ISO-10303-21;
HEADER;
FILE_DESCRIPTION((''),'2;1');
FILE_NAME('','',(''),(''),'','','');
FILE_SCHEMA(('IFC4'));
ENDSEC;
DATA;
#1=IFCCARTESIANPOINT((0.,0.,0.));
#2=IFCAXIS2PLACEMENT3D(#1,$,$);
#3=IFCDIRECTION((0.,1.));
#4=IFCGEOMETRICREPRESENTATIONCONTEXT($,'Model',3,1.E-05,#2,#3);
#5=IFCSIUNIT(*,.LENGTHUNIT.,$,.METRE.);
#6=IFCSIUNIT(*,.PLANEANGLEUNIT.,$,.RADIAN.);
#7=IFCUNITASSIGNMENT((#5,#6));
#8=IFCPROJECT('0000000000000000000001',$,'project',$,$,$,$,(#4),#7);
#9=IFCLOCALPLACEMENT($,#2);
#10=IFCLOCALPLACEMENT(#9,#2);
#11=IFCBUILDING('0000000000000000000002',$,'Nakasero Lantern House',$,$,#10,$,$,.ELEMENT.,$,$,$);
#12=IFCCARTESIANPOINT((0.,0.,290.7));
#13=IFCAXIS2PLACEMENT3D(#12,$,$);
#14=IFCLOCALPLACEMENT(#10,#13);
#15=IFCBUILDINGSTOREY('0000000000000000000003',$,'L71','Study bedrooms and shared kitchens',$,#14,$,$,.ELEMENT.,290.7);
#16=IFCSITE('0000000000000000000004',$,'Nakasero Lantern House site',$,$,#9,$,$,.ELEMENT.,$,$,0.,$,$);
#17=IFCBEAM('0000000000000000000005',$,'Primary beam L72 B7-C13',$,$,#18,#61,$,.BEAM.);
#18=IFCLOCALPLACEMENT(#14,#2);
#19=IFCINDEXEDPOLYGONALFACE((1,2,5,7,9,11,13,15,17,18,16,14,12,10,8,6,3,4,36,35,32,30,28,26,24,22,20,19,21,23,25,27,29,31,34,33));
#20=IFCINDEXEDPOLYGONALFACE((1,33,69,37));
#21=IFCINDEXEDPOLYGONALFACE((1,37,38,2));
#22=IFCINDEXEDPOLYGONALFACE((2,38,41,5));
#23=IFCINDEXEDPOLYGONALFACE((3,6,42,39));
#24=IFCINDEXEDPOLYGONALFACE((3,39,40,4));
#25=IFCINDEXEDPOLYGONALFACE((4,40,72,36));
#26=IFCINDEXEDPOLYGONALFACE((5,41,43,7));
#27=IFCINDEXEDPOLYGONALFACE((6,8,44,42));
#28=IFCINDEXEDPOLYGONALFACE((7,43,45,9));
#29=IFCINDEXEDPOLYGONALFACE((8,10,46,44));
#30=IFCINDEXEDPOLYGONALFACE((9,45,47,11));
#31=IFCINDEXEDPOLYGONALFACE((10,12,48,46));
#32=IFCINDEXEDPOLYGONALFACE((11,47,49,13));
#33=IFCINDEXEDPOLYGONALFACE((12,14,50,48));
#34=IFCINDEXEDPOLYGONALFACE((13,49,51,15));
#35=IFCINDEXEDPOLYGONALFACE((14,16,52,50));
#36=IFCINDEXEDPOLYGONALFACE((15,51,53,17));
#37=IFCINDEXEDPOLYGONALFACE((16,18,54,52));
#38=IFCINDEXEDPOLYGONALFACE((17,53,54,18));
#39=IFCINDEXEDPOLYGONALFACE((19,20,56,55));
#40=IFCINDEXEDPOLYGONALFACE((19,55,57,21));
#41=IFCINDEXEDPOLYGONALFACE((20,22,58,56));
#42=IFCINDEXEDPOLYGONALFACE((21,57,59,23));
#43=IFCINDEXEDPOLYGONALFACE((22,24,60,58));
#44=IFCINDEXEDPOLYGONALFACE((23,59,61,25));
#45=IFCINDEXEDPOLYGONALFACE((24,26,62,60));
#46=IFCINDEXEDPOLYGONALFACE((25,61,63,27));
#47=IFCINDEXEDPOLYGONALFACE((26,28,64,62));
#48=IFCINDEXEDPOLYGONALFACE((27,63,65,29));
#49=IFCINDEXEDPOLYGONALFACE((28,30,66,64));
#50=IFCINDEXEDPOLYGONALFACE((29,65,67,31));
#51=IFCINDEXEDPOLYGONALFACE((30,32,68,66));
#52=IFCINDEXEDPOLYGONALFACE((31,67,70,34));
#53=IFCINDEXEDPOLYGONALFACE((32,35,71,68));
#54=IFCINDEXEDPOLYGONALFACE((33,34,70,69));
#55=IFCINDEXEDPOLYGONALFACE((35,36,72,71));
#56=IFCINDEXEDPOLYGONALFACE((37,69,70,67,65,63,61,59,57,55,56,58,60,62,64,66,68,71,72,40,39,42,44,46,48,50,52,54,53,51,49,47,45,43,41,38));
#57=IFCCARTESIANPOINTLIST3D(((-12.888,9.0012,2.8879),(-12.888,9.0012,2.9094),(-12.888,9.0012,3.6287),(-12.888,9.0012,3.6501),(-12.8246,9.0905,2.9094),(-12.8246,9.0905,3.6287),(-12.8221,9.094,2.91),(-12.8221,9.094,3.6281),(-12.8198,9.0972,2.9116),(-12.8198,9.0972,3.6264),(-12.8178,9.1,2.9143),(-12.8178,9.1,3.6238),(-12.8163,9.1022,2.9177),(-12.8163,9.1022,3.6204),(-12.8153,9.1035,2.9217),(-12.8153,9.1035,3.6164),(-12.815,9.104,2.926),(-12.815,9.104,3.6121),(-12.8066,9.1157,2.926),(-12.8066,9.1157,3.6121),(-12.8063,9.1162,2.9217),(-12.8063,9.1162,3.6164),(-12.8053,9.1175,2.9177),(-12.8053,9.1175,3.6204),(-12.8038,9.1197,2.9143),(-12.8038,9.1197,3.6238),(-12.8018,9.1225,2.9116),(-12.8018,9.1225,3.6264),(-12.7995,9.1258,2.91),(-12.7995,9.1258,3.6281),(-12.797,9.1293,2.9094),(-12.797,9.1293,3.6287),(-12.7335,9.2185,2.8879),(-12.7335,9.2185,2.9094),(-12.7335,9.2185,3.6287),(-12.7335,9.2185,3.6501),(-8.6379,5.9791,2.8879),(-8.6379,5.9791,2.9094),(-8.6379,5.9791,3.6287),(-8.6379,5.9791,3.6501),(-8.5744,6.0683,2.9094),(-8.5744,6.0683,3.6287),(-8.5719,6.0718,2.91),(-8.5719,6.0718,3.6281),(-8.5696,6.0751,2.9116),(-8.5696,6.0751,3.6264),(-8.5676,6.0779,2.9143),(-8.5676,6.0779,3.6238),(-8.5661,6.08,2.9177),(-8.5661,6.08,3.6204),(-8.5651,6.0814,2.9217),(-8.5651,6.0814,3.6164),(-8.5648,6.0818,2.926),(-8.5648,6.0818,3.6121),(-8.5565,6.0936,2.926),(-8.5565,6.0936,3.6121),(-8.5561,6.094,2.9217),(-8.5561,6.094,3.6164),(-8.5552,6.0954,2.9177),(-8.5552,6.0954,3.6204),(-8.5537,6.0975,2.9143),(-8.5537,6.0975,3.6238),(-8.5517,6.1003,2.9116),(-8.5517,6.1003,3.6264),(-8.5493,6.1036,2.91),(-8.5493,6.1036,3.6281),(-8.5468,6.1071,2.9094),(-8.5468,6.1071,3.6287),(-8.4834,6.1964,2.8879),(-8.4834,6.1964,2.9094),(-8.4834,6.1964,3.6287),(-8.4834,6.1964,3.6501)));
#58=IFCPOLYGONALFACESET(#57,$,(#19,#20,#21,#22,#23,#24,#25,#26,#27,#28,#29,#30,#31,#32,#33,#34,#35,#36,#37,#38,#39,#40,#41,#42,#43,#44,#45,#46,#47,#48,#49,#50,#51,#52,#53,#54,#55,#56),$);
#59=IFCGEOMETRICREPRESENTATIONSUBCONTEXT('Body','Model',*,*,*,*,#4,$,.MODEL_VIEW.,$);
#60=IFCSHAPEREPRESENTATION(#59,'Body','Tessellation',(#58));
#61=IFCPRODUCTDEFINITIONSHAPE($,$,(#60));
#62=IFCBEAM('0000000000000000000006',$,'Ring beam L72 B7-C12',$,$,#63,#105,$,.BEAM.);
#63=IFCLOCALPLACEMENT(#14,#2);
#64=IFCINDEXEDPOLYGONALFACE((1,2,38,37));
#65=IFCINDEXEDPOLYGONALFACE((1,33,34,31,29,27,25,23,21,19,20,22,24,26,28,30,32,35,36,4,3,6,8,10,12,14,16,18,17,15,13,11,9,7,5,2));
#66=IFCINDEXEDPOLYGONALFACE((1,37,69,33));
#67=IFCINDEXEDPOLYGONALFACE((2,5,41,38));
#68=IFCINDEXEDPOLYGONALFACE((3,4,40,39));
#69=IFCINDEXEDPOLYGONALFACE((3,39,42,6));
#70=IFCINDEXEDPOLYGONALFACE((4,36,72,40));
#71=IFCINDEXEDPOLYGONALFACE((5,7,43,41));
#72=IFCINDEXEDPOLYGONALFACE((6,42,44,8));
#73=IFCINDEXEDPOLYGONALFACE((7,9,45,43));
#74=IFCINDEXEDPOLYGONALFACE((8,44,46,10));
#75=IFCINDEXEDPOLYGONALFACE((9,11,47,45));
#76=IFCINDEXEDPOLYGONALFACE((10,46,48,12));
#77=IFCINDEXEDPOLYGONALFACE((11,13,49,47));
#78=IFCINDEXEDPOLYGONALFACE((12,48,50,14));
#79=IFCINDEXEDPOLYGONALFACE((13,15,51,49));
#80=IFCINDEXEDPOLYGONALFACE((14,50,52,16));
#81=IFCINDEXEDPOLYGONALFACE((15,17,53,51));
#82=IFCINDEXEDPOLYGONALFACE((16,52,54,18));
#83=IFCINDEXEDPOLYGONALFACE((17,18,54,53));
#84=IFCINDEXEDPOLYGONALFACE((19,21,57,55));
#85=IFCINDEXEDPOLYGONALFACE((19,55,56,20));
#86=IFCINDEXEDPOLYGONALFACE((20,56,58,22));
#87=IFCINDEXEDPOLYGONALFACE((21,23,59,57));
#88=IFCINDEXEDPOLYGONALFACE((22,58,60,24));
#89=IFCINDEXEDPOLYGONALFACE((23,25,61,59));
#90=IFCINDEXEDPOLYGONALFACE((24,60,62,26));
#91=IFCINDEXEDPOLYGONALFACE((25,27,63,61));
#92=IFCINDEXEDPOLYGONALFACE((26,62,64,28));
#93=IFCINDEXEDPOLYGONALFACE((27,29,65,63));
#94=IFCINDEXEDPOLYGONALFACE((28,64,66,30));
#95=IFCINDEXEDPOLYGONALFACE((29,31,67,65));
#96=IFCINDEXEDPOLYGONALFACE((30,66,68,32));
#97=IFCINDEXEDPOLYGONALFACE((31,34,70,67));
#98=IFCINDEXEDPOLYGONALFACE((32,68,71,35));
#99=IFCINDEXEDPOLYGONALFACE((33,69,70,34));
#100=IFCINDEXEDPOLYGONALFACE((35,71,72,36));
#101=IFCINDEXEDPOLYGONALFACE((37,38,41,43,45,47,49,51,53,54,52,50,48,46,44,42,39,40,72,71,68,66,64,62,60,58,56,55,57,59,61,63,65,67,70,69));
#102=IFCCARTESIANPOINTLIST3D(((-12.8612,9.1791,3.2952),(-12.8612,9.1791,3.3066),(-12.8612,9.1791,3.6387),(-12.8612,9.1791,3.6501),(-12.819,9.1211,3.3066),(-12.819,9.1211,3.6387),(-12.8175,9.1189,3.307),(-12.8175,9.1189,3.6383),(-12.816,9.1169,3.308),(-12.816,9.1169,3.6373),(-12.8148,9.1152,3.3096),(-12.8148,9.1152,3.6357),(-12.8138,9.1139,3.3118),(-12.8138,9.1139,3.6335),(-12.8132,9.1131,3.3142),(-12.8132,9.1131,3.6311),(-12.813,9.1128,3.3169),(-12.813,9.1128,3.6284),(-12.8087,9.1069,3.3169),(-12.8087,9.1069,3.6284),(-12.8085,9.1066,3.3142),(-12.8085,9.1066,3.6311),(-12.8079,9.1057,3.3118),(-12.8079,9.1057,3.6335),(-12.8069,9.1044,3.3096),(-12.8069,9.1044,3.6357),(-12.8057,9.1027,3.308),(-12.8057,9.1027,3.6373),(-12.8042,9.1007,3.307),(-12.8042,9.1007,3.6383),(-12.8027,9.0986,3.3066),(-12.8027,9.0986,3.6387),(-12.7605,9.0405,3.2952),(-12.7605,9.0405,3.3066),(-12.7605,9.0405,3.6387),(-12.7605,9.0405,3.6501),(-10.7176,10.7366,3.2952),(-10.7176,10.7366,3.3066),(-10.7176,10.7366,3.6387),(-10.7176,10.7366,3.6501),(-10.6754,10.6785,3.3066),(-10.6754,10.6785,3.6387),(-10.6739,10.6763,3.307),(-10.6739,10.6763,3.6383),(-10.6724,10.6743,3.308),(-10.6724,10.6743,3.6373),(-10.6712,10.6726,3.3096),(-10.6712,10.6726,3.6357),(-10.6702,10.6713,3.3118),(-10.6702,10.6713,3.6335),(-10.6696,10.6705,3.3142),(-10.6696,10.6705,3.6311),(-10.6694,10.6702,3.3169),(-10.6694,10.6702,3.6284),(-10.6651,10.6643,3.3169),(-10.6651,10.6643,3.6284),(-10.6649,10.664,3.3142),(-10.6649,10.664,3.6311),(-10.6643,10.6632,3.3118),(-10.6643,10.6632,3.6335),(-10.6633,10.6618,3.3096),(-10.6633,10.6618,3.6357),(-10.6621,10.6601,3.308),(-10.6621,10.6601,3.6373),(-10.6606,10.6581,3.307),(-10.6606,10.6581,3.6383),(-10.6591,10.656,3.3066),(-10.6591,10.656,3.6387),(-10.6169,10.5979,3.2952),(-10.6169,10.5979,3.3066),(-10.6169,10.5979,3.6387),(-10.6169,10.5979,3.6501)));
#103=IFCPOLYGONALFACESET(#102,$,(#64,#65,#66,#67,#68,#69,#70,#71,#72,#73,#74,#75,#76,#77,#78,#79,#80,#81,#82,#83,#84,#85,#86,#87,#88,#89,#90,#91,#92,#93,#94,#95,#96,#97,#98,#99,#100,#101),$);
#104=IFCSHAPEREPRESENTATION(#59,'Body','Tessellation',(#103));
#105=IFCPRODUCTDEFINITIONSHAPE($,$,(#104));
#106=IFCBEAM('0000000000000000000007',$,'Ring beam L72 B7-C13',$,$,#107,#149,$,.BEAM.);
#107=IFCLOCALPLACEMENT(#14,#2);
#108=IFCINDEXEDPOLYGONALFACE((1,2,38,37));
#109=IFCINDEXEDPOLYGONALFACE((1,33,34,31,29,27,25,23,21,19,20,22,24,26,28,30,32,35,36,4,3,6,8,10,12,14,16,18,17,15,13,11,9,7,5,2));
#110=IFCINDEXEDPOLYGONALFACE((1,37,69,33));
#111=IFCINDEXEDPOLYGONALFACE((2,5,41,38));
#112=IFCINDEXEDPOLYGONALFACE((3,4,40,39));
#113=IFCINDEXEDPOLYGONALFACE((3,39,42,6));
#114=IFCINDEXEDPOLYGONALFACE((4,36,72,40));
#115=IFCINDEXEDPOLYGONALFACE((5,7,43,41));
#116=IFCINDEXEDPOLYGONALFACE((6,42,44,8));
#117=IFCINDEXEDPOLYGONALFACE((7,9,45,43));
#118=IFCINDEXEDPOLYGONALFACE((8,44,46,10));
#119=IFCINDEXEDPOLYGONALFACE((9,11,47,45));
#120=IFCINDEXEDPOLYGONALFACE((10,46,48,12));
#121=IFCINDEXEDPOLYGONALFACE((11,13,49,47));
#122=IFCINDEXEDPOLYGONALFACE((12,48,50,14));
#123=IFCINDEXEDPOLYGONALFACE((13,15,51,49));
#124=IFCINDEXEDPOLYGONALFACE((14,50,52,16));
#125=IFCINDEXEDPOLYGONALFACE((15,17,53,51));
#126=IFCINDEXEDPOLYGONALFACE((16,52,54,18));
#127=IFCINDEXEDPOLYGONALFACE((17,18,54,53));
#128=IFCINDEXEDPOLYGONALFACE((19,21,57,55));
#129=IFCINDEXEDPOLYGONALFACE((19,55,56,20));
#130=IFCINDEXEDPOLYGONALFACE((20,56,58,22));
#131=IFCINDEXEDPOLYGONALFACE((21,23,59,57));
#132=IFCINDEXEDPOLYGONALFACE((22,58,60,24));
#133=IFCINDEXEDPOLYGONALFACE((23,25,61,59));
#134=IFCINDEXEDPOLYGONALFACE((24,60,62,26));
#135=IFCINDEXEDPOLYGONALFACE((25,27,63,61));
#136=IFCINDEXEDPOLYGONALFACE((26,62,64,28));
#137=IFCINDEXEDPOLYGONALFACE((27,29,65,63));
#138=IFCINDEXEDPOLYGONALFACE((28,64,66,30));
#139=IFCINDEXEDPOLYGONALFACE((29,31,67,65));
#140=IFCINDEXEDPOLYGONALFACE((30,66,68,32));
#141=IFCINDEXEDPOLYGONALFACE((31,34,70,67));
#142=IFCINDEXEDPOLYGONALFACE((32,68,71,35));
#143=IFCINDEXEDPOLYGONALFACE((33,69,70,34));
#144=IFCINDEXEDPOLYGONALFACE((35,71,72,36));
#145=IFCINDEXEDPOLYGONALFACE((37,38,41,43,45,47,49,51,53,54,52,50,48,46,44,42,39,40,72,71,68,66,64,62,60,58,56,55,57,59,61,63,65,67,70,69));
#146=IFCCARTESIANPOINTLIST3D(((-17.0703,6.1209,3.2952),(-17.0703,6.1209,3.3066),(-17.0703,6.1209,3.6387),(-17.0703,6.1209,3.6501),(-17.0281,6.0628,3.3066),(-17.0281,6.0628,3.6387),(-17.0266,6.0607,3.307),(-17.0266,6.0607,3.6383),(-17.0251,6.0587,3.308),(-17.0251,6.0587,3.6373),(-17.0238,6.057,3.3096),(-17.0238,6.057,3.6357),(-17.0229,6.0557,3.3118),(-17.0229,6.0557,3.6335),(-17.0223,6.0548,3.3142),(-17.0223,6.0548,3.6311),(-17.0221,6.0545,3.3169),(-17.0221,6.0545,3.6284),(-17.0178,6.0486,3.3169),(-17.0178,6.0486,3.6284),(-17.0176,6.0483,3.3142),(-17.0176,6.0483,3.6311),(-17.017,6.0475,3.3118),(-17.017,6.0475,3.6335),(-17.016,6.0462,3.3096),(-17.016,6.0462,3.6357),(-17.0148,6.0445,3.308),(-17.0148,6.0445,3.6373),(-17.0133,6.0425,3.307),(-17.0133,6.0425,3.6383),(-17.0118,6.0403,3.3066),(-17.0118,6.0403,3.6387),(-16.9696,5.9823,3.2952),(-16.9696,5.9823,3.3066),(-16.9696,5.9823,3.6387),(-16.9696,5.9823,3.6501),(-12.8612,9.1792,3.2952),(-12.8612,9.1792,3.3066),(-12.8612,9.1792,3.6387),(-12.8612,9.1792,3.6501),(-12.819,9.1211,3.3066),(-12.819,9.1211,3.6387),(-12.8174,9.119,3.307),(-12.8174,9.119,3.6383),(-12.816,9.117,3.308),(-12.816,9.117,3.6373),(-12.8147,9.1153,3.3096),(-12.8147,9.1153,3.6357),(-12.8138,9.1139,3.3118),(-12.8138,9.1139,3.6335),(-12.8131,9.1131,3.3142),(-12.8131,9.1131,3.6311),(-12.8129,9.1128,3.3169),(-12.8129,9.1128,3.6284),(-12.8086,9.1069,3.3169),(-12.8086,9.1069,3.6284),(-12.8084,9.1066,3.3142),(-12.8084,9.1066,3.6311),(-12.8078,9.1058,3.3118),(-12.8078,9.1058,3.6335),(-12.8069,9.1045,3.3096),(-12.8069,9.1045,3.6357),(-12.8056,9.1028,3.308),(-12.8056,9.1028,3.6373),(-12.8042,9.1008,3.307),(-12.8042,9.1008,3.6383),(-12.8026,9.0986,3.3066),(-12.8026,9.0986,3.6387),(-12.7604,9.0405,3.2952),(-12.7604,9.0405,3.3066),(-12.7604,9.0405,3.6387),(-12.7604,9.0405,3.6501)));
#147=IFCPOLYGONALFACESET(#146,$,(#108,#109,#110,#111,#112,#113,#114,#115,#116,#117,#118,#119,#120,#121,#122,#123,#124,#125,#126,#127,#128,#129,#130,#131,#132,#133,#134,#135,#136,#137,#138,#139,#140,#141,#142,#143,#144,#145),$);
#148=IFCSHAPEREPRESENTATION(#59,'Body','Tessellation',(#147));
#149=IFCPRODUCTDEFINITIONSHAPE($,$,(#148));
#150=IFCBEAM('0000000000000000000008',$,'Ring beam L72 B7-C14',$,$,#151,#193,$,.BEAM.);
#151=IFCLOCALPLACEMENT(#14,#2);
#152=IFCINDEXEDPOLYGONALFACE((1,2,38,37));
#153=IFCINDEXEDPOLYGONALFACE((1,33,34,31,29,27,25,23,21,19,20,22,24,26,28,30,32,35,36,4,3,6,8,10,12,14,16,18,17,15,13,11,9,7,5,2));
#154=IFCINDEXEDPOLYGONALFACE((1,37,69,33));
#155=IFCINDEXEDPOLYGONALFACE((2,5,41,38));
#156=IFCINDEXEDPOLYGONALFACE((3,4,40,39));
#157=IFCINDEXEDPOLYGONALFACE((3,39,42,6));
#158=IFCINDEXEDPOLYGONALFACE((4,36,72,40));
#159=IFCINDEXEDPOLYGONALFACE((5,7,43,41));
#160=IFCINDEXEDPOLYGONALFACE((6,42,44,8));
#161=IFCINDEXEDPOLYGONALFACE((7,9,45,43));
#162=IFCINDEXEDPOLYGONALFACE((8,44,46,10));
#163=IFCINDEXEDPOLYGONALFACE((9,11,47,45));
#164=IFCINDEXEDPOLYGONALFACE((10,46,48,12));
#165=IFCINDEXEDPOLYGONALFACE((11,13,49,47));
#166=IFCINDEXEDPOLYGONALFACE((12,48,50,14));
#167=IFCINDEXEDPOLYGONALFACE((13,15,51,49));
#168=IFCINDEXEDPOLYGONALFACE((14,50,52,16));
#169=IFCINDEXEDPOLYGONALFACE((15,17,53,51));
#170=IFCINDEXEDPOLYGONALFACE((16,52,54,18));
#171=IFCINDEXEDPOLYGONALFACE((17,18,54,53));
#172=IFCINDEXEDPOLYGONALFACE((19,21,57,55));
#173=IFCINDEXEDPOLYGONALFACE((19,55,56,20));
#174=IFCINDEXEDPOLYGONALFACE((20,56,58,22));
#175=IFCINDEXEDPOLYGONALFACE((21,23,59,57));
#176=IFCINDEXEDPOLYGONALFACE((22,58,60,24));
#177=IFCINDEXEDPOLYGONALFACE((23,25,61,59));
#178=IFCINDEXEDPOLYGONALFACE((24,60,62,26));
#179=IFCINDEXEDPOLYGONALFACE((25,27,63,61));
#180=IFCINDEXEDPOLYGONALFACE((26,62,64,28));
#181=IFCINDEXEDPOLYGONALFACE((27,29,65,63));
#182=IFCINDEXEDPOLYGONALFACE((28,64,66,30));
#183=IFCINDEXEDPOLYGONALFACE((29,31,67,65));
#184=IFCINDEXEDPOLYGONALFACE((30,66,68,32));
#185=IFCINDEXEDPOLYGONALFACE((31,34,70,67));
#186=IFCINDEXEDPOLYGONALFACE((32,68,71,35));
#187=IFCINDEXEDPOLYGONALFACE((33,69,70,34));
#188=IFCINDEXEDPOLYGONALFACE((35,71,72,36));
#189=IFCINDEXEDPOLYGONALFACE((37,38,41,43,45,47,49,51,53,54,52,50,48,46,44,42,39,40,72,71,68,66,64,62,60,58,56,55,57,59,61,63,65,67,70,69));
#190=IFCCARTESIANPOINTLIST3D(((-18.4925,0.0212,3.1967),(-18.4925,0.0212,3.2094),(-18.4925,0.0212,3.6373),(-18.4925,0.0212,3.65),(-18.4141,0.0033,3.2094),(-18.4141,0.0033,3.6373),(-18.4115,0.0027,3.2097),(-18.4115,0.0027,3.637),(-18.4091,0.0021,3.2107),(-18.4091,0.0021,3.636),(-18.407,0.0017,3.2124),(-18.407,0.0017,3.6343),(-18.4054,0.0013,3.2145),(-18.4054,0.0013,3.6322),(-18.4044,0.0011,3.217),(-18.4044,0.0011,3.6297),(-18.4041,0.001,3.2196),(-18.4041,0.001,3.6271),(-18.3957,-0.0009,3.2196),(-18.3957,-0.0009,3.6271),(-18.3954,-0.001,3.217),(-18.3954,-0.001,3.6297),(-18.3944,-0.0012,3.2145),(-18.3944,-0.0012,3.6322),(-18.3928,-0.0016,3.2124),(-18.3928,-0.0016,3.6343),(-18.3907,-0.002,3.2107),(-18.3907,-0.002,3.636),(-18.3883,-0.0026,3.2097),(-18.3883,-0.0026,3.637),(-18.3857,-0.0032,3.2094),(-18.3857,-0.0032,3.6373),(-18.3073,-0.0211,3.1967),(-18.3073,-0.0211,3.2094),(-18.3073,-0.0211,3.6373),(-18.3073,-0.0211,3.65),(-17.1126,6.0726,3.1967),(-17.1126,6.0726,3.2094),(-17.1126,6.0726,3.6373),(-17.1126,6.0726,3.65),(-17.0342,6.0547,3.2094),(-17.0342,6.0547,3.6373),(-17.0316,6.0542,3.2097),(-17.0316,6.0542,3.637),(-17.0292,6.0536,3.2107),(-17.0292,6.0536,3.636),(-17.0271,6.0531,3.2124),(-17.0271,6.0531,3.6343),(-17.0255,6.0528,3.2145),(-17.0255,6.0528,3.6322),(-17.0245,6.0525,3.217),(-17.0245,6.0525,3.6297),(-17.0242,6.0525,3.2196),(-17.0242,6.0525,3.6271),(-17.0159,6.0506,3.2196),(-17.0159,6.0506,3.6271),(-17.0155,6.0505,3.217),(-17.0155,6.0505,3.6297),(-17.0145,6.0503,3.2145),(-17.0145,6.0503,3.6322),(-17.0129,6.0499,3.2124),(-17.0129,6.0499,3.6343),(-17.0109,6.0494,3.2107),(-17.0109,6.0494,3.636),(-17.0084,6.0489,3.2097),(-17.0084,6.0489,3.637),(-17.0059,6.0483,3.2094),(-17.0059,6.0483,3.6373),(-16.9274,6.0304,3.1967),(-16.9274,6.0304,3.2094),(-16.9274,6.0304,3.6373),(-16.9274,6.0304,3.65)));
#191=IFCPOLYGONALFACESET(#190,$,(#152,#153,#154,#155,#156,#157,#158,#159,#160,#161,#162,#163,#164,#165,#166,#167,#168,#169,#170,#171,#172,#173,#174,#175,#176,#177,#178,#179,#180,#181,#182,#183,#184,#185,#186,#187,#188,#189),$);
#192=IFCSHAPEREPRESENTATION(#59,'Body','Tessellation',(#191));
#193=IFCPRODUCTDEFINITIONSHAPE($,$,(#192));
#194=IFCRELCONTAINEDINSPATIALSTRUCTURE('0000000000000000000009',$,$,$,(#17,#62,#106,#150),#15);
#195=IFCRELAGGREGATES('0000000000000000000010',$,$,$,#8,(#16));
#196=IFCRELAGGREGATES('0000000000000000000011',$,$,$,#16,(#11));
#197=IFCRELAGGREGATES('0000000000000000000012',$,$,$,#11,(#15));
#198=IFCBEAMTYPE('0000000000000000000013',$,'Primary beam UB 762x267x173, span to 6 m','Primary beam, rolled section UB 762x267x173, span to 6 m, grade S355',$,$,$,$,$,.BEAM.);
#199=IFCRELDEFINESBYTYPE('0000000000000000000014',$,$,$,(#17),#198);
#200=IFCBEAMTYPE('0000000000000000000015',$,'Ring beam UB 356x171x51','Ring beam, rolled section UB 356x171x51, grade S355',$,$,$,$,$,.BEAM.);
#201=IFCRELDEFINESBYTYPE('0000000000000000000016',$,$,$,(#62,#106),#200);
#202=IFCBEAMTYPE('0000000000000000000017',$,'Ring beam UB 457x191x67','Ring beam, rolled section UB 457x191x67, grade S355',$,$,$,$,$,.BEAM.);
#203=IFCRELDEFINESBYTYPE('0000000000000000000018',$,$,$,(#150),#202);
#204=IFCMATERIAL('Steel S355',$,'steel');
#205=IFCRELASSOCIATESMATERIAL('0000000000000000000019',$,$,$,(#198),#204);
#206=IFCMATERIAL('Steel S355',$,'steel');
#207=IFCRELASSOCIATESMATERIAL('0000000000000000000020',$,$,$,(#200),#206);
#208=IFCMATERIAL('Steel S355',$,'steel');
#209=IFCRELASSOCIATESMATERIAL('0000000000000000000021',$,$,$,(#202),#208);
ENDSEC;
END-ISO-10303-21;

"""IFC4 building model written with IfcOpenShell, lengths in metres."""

from ifc_helpers import new_model, si_unit, direction, frame, origin, origin_2d, place, context, subcontext, project, spatial, i_section, extrude, material, material_profile, profile_set, type_object, element, save


model = new_model("IFC4")

# Units and contexts
model_context = context("Model", 3, precision=1e-05, world=origin(), true_north=direction((0.0, 1.0)))
body_context = subcontext(model_context, "Body", "Model", "MODEL_VIEW")
ifc_project = project(units=[si_unit("LENGTHUNIT", "METRE"), si_unit("PLANEANGLEUNIT", "RADIAN")], contexts=[model_context])

# Site, building, storey
site_placement = place(None, origin())
site = spatial("IfcSite", under=ifc_project, at=site_placement, Name="Nakasero Lantern House site", CompositionType="ELEMENT", RefElevation=0.0)
building_placement = place(site_placement, origin())
building = spatial("IfcBuilding", under=site, at=building_placement, Name="Nakasero Lantern House", CompositionType="ELEMENT")
storey_placement = place(building_placement, frame((0.0, 0.0, 290.7)))
storey = spatial("IfcBuildingStorey", under=building, at=storey_placement, Name="L71", Description="Study bedrooms and shared kitchens", CompositionType="ELEMENT", Elevation=290.7)

# Beams
ifc_material_1 = material(Name="Steel S355", Category="steel")
ifc_material_profile_1 = material_profile(ifc_material_1, i_section(OverallWidth=0.2666, OverallDepth=0.7622, WebThickness=0.0144, FlangeThickness=0.0215, FilletRadius=0.0166, at=origin_2d()), Name="UB 762x267x173")
ifc_profile_set_1 = profile_set([ifc_material_profile_1], Name="Steel S355")
beam_type_1 = type_object("IfcBeamType", Name="Primary beam UB 762x267x173, span to 6 m", Description="Primary beam, rolled section UB 762x267x173, span to 6 m, grade S355", PredefinedType="BEAM", material=ifc_profile_set_1)
beam_1_placement = place(storey_placement, frame((-12.8108, 9.1099, 3.269), z_axis=(0.814972, -0.579501, 0.0), x_axis=(0.579501, 0.814972, 0.0)))
element("IfcBeam", 1, at=beam_1_placement, inside=storey, type_object=beam_type_1, Name="Primary beam L72 B7-C13", PredefinedType="BEAM", context=body_context, shape_type="SweptSolid", body=[
    extrude(i_section(OverallWidth=0.2666, OverallDepth=0.7622, WebThickness=0.0144, FlangeThickness=0.0215, FilletRadius=0.0166, at=origin_2d()), origin(), (0.0, 0.0, 1.0), 5.2151),
])
ifc_material_2 = material(Name="Steel S355", Category="steel")
ifc_material_profile_2 = material_profile(ifc_material_2, i_section(OverallWidth=0.1714, OverallDepth=0.355, WebThickness=0.0073, FlangeThickness=0.0115, FilletRadius=0.0103, at=origin_2d()), Name="UB 356x171x51")
ifc_profile_set_2 = profile_set([ifc_material_profile_2], Name="Steel S355")
beam_type_2 = type_object("IfcBeamType", Name="Ring beam UB 356x171x51", Description="Ring beam, rolled section UB 356x171x51, grade S355", PredefinedType="BEAM", material=ifc_profile_set_2)
beam_2_placement = place(storey_placement, frame((-10.6672, 10.6672, 3.4727), z_axis=(-0.809019, -0.587783, 0.0), x_axis=(0.587783, -0.809019, 0.0)))
element("IfcBeam", 2, at=beam_2_placement, inside=storey, type_object=beam_type_2, Name="Ring beam L72 B7-C12", PredefinedType="BEAM", context=body_context, shape_type="SweptSolid", body=[
    extrude(i_section(OverallWidth=0.1714, OverallDepth=0.355, WebThickness=0.0073, FlangeThickness=0.0115, FilletRadius=0.0103, at=origin_2d()), origin(), (0.0, 0.0, 1.0), 2.6497),
])
beam_3_placement = place(storey_placement, frame((-12.8108, 9.1099, 3.4727), z_axis=(-0.809002, -0.587806, 0.0), x_axis=(0.587806, -0.809002, 0.0)))
element("IfcBeam", 3, at=beam_3_placement, inside=storey, type_object=beam_type_2, Name="Ring beam L72 B7-C13", PredefinedType="BEAM", context=body_context, shape_type="SweptSolid", body=[
    extrude(i_section(OverallWidth=0.1714, OverallDepth=0.355, WebThickness=0.0073, FlangeThickness=0.0115, FilletRadius=0.0103, at=origin_2d()), origin(), (0.0, 0.0, 1.0), 5.2029),
])
ifc_material_3 = material(Name="Steel S355", Category="steel")
ifc_material_profile_3 = material_profile(ifc_material_3, i_section(OverallWidth=0.1899, OverallDepth=0.4534, WebThickness=0.0085, FlangeThickness=0.0127, FilletRadius=0.0103, at=origin_2d()), Name="UB 457x191x67")
ifc_profile_set_3 = profile_set([ifc_material_profile_3], Name="Steel S355")
beam_type_3 = type_object("IfcBeamType", Name="Ring beam UB 457x191x67", Description="Ring beam, rolled section UB 457x191x67, grade S355", PredefinedType="BEAM", material=ifc_profile_set_3)
beam_4_placement = place(storey_placement, frame((-17.02, 6.0515, 3.4233), z_axis=(-0.222316, -0.974975, 0.0), x_axis=(0.974975, -0.222316, 0.0)))
element("IfcBeam", 4, at=beam_4_placement, inside=storey, type_object=beam_type_3, Name="Ring beam L72 B7-C14", PredefinedType="BEAM", context=body_context, shape_type="SweptSolid", body=[
    extrude(i_section(OverallWidth=0.1899, OverallDepth=0.4534, WebThickness=0.0085, FlangeThickness=0.0127, FilletRadius=0.0103, at=origin_2d()), origin(), (0.0, 0.0, 1.0), 6.2068),
])

save(model, "model.ifc")
